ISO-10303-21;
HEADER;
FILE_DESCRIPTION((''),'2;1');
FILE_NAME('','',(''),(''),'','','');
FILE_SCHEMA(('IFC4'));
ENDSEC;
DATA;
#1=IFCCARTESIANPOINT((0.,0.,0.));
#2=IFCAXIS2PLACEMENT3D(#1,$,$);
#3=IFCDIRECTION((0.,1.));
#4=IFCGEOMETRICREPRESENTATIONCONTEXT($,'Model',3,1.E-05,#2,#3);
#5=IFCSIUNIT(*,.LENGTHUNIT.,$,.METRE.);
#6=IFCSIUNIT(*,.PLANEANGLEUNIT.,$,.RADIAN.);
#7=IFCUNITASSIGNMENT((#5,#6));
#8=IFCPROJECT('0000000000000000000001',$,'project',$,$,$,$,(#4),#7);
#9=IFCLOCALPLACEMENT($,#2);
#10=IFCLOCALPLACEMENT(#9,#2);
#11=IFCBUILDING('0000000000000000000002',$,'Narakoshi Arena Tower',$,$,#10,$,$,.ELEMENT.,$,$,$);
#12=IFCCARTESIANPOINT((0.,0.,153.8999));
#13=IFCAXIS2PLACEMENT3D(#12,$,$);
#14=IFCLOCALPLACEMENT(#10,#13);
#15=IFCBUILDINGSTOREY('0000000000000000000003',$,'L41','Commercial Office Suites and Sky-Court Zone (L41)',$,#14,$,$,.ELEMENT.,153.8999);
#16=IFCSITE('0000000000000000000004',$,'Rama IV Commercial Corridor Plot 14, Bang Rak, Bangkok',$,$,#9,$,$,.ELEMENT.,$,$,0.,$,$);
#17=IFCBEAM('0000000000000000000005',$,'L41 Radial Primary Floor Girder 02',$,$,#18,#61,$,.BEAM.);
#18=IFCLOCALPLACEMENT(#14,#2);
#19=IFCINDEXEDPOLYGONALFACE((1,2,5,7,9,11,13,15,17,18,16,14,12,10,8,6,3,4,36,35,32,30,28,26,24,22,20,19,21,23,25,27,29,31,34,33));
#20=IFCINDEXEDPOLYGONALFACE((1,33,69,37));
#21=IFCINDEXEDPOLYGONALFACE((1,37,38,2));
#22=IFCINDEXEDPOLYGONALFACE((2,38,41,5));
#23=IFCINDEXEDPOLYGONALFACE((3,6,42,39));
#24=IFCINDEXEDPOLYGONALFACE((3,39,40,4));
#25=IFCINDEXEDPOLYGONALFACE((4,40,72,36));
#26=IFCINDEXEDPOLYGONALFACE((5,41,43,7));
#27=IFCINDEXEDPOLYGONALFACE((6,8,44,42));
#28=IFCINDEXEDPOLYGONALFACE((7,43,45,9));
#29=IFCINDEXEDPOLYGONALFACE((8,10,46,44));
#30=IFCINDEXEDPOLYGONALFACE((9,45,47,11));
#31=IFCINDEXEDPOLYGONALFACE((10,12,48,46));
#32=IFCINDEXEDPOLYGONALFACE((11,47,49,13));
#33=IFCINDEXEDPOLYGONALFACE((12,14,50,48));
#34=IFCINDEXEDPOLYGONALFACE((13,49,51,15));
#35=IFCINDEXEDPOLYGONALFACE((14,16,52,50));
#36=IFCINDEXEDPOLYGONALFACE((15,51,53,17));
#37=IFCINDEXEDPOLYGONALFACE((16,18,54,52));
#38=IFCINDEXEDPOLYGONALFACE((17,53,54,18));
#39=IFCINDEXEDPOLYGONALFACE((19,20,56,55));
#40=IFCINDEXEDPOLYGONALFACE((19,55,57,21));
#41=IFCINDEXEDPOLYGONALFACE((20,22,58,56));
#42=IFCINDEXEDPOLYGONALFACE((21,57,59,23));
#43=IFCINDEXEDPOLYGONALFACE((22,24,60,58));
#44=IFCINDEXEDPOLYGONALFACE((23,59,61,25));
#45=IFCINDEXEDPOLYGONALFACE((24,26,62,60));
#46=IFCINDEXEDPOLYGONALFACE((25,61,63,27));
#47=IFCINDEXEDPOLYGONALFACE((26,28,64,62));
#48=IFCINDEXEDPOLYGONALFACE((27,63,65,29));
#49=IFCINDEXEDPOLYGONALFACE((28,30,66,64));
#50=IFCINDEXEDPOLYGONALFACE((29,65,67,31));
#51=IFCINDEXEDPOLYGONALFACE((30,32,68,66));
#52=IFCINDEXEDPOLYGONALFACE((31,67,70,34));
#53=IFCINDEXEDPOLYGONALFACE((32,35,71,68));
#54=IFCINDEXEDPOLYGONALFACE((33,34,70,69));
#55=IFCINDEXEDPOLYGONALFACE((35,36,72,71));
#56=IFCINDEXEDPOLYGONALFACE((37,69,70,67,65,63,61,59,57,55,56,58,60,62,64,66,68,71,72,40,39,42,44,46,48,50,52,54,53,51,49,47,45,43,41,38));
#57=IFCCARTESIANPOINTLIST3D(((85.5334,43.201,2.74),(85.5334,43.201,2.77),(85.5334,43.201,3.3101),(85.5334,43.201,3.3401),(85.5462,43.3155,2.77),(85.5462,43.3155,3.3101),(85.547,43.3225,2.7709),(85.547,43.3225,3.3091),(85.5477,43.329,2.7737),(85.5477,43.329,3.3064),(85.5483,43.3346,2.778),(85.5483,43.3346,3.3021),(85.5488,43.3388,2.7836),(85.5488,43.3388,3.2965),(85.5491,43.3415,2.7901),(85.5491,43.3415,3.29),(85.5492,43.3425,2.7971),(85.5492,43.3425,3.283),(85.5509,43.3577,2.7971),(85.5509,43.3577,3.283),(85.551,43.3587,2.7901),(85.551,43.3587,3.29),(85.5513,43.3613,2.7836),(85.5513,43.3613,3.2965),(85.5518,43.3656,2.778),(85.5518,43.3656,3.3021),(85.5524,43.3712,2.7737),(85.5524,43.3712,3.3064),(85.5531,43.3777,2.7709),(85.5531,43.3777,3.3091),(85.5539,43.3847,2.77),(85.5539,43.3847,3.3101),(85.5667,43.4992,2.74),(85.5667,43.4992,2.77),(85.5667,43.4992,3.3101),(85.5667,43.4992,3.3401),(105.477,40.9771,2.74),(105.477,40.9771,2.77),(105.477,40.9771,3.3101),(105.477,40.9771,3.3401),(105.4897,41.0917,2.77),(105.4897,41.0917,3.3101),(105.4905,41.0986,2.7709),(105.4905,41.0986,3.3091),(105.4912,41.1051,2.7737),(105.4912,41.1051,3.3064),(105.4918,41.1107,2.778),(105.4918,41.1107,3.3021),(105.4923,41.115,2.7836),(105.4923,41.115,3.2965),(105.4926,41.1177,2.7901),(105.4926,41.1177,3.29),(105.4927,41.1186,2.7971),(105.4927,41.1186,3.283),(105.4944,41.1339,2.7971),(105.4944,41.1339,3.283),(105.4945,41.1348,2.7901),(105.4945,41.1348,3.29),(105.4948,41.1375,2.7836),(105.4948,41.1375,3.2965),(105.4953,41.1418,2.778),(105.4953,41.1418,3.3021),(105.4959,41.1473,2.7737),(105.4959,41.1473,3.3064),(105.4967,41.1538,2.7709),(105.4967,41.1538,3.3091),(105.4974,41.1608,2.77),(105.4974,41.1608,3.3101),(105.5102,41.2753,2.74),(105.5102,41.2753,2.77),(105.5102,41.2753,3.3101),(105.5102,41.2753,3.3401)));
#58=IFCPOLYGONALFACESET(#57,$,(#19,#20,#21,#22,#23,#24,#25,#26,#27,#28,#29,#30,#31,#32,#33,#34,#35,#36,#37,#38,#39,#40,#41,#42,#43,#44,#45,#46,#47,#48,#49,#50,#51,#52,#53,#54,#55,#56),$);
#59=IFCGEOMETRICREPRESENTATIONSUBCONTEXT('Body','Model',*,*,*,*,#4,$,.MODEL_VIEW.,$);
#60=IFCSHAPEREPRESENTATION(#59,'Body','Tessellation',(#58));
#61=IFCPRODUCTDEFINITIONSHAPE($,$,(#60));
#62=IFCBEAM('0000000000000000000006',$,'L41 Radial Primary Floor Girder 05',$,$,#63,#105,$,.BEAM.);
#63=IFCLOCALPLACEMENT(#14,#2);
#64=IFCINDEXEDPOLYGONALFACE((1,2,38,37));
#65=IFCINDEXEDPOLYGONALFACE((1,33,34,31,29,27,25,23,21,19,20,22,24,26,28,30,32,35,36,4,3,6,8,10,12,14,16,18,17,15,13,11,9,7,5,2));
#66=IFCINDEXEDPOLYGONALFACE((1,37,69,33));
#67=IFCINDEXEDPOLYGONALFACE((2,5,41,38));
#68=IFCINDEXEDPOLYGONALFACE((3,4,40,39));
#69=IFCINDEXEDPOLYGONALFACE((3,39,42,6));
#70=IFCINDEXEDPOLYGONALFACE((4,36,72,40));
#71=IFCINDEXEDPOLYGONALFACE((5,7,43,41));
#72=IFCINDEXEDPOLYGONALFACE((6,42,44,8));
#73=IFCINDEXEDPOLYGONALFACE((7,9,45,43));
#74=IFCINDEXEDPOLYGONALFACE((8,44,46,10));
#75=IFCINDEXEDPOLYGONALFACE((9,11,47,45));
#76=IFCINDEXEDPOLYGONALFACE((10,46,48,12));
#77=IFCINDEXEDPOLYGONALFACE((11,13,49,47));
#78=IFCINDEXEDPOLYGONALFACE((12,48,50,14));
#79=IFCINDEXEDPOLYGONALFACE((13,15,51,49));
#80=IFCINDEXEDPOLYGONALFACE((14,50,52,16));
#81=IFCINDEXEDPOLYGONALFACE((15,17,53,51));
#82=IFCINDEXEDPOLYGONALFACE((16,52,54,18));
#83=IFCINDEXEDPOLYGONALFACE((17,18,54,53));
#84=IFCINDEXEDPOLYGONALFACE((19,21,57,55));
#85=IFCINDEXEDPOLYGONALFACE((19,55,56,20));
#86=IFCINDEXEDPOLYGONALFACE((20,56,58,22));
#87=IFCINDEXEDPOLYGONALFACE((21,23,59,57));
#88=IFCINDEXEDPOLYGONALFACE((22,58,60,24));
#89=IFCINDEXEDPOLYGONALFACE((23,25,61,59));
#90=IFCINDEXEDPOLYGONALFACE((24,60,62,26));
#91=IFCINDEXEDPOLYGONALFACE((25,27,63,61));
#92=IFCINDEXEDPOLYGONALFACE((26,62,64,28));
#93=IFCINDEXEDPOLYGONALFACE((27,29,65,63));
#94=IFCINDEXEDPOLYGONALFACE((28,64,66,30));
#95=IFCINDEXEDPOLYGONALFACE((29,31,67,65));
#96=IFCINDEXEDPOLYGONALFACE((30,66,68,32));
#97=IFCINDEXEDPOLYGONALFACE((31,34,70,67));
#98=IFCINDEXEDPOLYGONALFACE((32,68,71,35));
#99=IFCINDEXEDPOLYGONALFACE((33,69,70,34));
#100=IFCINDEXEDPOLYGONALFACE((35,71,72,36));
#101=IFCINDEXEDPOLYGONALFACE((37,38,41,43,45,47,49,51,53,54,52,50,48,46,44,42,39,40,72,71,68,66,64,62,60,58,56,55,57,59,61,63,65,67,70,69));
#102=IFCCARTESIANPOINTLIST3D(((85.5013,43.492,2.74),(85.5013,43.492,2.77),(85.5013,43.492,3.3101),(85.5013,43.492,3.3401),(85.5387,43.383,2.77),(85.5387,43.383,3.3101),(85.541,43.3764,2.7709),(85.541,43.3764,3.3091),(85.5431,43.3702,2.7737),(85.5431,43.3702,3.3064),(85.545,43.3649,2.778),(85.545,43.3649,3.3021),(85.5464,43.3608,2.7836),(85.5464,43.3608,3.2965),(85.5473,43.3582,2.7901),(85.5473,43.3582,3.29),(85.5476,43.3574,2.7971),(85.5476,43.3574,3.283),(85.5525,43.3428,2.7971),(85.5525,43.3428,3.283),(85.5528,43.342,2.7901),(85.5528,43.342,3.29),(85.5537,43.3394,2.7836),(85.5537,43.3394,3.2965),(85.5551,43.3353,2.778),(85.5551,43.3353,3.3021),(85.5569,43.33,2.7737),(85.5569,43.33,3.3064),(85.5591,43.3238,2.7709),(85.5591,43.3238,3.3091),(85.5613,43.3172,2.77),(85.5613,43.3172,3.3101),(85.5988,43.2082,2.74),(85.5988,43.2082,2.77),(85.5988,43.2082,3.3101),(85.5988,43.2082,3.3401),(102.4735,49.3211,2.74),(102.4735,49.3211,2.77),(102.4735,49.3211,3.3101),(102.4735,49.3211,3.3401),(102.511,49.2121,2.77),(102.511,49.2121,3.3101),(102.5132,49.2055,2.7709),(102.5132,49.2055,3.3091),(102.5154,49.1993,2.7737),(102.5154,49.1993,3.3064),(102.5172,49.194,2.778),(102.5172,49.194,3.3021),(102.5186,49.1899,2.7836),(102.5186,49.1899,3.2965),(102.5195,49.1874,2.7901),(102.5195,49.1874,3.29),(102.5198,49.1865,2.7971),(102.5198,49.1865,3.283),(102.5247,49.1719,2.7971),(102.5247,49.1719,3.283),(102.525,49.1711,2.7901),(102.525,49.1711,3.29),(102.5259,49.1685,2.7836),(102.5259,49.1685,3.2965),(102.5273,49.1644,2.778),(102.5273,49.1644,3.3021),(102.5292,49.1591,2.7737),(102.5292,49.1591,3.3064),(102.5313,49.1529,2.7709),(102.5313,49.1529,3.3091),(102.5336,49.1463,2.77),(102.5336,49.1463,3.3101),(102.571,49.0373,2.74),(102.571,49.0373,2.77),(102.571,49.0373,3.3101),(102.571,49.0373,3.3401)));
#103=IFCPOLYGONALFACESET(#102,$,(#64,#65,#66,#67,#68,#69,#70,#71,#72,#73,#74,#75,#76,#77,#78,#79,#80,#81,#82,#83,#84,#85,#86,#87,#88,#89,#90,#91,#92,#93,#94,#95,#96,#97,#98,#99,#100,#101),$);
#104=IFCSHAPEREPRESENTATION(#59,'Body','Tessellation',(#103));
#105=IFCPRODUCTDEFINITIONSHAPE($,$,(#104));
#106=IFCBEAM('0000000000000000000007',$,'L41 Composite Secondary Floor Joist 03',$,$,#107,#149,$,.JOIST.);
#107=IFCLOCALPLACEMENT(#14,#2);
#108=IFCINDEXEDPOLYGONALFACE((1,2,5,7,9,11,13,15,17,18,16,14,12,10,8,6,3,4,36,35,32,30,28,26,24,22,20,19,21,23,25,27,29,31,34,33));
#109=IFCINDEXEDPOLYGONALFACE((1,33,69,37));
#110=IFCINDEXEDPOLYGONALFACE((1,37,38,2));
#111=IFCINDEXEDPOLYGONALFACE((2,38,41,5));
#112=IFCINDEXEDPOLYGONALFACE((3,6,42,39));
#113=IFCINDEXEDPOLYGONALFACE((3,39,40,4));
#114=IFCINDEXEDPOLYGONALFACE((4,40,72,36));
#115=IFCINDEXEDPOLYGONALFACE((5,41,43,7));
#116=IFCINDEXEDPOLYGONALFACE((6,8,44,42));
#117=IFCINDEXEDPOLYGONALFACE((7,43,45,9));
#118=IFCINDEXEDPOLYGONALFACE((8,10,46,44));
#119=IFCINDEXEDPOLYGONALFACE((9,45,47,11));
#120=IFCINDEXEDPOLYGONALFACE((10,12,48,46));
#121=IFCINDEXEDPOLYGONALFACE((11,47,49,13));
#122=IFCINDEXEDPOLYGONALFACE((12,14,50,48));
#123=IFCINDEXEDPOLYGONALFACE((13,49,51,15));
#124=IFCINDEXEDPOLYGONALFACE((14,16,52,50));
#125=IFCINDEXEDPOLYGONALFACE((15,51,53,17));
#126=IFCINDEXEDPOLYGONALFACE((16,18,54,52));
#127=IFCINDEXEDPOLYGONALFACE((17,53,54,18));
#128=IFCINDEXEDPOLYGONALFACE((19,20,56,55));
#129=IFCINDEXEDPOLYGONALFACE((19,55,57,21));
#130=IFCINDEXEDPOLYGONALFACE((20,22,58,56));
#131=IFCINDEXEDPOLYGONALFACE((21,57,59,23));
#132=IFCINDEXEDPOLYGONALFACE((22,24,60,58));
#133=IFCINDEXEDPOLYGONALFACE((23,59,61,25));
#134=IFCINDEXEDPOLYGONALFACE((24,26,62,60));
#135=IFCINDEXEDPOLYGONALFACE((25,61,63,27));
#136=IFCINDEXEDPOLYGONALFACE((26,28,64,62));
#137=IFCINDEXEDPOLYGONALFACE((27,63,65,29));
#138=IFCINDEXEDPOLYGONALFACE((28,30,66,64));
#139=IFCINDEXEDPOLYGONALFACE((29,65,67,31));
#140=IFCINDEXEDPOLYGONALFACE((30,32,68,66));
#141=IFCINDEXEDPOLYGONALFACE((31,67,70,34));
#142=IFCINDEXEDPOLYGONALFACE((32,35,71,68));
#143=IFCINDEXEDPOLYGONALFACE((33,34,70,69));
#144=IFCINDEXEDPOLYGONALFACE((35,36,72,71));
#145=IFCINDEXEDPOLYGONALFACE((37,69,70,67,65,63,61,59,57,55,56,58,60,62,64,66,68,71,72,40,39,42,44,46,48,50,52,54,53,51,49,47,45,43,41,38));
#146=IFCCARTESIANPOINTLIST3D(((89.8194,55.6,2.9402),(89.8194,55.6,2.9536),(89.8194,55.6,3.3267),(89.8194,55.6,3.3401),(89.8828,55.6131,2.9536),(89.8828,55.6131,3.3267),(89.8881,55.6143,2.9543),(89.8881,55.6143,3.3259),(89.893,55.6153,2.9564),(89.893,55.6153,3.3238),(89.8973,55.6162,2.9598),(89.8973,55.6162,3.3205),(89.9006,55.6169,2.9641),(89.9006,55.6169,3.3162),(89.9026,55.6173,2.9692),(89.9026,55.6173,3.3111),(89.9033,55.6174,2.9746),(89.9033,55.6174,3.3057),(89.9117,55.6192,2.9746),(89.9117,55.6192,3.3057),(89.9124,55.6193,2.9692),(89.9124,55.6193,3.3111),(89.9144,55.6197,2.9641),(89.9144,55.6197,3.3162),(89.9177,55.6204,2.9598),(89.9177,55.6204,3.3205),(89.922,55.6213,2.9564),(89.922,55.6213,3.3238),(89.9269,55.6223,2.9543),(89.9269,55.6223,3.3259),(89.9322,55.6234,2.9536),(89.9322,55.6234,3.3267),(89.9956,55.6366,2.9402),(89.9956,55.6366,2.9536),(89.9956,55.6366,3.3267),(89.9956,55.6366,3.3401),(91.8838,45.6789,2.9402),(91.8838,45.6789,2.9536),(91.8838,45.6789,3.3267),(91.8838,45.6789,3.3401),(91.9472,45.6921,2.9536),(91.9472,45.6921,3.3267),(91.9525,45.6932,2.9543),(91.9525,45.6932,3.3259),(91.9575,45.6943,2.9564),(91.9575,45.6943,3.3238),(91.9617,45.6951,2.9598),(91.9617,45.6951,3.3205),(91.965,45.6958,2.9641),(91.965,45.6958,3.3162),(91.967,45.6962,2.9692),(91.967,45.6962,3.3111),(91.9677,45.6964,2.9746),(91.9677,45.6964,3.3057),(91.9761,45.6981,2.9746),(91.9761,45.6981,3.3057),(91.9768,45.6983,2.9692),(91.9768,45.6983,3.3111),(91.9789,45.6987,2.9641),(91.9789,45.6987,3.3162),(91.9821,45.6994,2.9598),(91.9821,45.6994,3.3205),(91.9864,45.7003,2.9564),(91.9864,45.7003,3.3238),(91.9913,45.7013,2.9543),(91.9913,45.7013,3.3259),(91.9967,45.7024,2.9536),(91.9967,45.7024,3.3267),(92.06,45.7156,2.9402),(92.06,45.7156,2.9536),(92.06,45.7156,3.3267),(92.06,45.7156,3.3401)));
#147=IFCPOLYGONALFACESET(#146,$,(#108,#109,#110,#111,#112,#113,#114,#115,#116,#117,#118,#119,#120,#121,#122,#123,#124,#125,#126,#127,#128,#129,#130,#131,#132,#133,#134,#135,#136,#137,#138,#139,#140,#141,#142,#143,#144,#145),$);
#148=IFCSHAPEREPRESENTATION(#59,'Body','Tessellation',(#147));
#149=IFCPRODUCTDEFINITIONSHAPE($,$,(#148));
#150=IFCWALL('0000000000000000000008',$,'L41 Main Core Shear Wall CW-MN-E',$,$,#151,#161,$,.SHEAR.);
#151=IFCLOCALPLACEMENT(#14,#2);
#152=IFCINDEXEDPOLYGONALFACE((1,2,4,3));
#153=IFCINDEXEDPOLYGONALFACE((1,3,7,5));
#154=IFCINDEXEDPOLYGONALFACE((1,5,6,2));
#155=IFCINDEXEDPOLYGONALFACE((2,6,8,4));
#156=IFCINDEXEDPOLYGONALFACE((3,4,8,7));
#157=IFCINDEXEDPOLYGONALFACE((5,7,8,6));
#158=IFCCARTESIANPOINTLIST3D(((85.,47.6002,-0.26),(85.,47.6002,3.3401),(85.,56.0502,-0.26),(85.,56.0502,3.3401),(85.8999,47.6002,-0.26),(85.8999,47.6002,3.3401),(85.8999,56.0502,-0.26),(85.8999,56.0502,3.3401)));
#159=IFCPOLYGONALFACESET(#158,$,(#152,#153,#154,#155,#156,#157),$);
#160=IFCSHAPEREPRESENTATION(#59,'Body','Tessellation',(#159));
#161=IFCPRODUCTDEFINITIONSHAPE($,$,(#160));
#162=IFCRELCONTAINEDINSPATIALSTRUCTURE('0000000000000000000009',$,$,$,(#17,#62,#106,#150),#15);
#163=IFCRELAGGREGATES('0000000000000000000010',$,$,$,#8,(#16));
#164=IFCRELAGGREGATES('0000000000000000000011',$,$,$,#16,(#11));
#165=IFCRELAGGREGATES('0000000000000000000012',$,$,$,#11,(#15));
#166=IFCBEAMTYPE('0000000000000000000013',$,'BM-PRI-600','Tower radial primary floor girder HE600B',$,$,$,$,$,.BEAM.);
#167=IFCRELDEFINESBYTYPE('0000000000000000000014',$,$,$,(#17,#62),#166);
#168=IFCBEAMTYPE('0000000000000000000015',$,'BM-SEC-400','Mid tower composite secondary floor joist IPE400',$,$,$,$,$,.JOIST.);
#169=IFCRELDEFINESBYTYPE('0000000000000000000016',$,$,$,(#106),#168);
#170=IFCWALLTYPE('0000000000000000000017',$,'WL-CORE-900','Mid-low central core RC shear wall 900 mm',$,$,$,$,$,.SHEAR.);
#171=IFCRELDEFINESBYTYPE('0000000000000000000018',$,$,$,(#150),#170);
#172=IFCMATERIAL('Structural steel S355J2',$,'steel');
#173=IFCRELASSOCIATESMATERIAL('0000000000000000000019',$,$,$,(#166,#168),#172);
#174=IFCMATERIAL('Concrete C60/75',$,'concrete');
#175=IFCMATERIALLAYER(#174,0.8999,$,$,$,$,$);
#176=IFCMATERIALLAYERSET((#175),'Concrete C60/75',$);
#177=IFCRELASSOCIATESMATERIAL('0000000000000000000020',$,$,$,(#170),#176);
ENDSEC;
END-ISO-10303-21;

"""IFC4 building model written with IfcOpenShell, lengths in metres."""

from ifc_helpers import new_model, si_unit, direction, frame, frame_2d, origin, origin_2d, place, context, subcontext, project, spatial, rectangle, i_section, extrude, material, layer, layer_set, material_profile, profile_set, type_object, element, save


model = new_model("IFC4")

# Units and contexts
model_context = context("Model", 3, precision=1e-05, world=origin(), true_north=direction((0.0, 1.0)))
body_context = subcontext(model_context, "Body", "Model", "MODEL_VIEW")
ifc_project = project(units=[si_unit("LENGTHUNIT", "METRE"), si_unit("PLANEANGLEUNIT", "RADIAN")], contexts=[model_context])

# Site, building, storey
site_placement = place(None, origin())
site = spatial("IfcSite", under=ifc_project, at=site_placement, Name="Rama IV Commercial Corridor Plot 14, Bang Rak, Bangkok", CompositionType="ELEMENT", RefElevation=0.0)
building_placement = place(site_placement, origin())
building = spatial("IfcBuilding", under=site, at=building_placement, Name="Narakoshi Arena Tower", CompositionType="ELEMENT")
storey_placement = place(building_placement, frame((0.0, 0.0, 153.8999)))
storey = spatial("IfcBuildingStorey", under=building, at=storey_placement, Name="L41", Description="Commercial Office Suites and Sky-Court Zone (L41)", CompositionType="ELEMENT", Elevation=153.8999)

# Beams
ifc_material_1 = material(Name="Structural steel S355J2", Category="steel")
ifc_material_profile_1 = material_profile(ifc_material_1, i_section(OverallWidth=0.3, OverallDepth=0.6001, WebThickness=0.0154, FlangeThickness=0.03, FilletRadius=0.0271, at=origin_2d()), Name="HE600B")
ifc_profile_set_1 = profile_set([ifc_material_profile_1], Name="Structural steel S355J2")
beam_type_1 = type_object("IfcBeamType", Name="BM-PRI-600", Description="Tower radial primary floor girder HE600B", PredefinedType="BEAM", material=ifc_profile_set_1)
beam_1_placement = place(storey_placement, frame((85.55, 43.3501, 3.04), z_axis=(0.99384, -0.110821, 0.0), x_axis=(0.110821, 0.99384, 0.0)))
element("IfcBeam", 1, at=beam_1_placement, inside=storey, type_object=beam_type_1, Name="L41 Radial Primary Floor Girder 02", PredefinedType="BEAM", context=body_context, shape_type="SweptSolid", body=[
    extrude(i_section(OverallWidth=0.3, OverallDepth=0.6001, WebThickness=0.0154, FlangeThickness=0.03, FilletRadius=0.0271, at=origin_2d()), origin(), (0.0, 0.0, 1.0), 20.0671),
])
beam_2_placement = place(storey_placement, frame((85.55, 43.3501, 3.04), z_axis=(0.945774, 0.324827, 0.0), x_axis=(-0.324827, 0.945774, 0.0)))
element("IfcBeam", 2, at=beam_2_placement, inside=storey, type_object=beam_type_1, Name="L41 Radial Primary Floor Girder 05", PredefinedType="BEAM", context=body_context, shape_type="SweptSolid", body=[
    extrude(i_section(OverallWidth=0.3, OverallDepth=0.6001, WebThickness=0.0154, FlangeThickness=0.03, FilletRadius=0.0271, at=origin_2d()), origin(), (0.0, 0.0, 1.0), 17.9453),
])
ifc_material_profile_2 = material_profile(ifc_material_1, i_section(OverallWidth=0.1799, OverallDepth=0.3999, WebThickness=0.0085, FlangeThickness=0.0134, FilletRadius=0.021, at=origin_2d()), Name="IPE400")
ifc_profile_set_2 = profile_set([ifc_material_profile_2], Name="Structural steel S355J2")
beam_type_2 = type_object("IfcBeamType", Name="BM-SEC-400", Description="Mid tower composite secondary floor joist IPE400", PredefinedType="JOIST", material=ifc_profile_set_2)
beam_3_placement = place(storey_placement, frame((91.9719, 45.6973, 3.1401), z_axis=(-0.203722, 0.979029, 0.0), x_axis=(-0.979029, -0.203722, 0.0)))
element("IfcBeam", 3, at=beam_3_placement, inside=storey, type_object=beam_type_2, Name="L41 Composite Secondary Floor Joist 03", PredefinedType="JOIST", context=body_context, shape_type="SweptSolid", body=[
    extrude(i_section(OverallWidth=0.1799, OverallDepth=0.3999, WebThickness=0.0085, FlangeThickness=0.0134, FilletRadius=0.021, at=origin_2d()), origin(), (0.0, 0.0, 1.0), 10.1335),
])

# Wall
ifc_material_2 = material(Name="Concrete C60/75", Category="concrete")
ifc_layer_1 = layer(ifc_material_2, 0.8999)
ifc_layer_set_1 = layer_set([ifc_layer_1], Name="Concrete C60/75")
wall_type_1 = type_object("IfcWallType", Name="WL-CORE-900", Description="Mid-low central core RC shear wall 900 mm", PredefinedType="SHEAR", material=ifc_layer_set_1)
wall_1_placement = place(storey_placement, frame((85.45, 47.6001, -0.26), z_axis=(0.0, 0.0, 1.0), x_axis=(0.0, 1.0, 0.0)))
element("IfcWall", 4, at=wall_1_placement, inside=storey, type_object=wall_type_1, Name="L41 Main Core Shear Wall CW-MN-E", PredefinedType="SHEAR", context=body_context, shape_type="SweptSolid", body=[
    extrude(rectangle(XDim=8.45, YDim=0.8999, at=frame_2d((4.2251, 0.0))), origin(), (0.0, 0.0, 1.0), 3.6001),
])

save(model, "model.ifc")
